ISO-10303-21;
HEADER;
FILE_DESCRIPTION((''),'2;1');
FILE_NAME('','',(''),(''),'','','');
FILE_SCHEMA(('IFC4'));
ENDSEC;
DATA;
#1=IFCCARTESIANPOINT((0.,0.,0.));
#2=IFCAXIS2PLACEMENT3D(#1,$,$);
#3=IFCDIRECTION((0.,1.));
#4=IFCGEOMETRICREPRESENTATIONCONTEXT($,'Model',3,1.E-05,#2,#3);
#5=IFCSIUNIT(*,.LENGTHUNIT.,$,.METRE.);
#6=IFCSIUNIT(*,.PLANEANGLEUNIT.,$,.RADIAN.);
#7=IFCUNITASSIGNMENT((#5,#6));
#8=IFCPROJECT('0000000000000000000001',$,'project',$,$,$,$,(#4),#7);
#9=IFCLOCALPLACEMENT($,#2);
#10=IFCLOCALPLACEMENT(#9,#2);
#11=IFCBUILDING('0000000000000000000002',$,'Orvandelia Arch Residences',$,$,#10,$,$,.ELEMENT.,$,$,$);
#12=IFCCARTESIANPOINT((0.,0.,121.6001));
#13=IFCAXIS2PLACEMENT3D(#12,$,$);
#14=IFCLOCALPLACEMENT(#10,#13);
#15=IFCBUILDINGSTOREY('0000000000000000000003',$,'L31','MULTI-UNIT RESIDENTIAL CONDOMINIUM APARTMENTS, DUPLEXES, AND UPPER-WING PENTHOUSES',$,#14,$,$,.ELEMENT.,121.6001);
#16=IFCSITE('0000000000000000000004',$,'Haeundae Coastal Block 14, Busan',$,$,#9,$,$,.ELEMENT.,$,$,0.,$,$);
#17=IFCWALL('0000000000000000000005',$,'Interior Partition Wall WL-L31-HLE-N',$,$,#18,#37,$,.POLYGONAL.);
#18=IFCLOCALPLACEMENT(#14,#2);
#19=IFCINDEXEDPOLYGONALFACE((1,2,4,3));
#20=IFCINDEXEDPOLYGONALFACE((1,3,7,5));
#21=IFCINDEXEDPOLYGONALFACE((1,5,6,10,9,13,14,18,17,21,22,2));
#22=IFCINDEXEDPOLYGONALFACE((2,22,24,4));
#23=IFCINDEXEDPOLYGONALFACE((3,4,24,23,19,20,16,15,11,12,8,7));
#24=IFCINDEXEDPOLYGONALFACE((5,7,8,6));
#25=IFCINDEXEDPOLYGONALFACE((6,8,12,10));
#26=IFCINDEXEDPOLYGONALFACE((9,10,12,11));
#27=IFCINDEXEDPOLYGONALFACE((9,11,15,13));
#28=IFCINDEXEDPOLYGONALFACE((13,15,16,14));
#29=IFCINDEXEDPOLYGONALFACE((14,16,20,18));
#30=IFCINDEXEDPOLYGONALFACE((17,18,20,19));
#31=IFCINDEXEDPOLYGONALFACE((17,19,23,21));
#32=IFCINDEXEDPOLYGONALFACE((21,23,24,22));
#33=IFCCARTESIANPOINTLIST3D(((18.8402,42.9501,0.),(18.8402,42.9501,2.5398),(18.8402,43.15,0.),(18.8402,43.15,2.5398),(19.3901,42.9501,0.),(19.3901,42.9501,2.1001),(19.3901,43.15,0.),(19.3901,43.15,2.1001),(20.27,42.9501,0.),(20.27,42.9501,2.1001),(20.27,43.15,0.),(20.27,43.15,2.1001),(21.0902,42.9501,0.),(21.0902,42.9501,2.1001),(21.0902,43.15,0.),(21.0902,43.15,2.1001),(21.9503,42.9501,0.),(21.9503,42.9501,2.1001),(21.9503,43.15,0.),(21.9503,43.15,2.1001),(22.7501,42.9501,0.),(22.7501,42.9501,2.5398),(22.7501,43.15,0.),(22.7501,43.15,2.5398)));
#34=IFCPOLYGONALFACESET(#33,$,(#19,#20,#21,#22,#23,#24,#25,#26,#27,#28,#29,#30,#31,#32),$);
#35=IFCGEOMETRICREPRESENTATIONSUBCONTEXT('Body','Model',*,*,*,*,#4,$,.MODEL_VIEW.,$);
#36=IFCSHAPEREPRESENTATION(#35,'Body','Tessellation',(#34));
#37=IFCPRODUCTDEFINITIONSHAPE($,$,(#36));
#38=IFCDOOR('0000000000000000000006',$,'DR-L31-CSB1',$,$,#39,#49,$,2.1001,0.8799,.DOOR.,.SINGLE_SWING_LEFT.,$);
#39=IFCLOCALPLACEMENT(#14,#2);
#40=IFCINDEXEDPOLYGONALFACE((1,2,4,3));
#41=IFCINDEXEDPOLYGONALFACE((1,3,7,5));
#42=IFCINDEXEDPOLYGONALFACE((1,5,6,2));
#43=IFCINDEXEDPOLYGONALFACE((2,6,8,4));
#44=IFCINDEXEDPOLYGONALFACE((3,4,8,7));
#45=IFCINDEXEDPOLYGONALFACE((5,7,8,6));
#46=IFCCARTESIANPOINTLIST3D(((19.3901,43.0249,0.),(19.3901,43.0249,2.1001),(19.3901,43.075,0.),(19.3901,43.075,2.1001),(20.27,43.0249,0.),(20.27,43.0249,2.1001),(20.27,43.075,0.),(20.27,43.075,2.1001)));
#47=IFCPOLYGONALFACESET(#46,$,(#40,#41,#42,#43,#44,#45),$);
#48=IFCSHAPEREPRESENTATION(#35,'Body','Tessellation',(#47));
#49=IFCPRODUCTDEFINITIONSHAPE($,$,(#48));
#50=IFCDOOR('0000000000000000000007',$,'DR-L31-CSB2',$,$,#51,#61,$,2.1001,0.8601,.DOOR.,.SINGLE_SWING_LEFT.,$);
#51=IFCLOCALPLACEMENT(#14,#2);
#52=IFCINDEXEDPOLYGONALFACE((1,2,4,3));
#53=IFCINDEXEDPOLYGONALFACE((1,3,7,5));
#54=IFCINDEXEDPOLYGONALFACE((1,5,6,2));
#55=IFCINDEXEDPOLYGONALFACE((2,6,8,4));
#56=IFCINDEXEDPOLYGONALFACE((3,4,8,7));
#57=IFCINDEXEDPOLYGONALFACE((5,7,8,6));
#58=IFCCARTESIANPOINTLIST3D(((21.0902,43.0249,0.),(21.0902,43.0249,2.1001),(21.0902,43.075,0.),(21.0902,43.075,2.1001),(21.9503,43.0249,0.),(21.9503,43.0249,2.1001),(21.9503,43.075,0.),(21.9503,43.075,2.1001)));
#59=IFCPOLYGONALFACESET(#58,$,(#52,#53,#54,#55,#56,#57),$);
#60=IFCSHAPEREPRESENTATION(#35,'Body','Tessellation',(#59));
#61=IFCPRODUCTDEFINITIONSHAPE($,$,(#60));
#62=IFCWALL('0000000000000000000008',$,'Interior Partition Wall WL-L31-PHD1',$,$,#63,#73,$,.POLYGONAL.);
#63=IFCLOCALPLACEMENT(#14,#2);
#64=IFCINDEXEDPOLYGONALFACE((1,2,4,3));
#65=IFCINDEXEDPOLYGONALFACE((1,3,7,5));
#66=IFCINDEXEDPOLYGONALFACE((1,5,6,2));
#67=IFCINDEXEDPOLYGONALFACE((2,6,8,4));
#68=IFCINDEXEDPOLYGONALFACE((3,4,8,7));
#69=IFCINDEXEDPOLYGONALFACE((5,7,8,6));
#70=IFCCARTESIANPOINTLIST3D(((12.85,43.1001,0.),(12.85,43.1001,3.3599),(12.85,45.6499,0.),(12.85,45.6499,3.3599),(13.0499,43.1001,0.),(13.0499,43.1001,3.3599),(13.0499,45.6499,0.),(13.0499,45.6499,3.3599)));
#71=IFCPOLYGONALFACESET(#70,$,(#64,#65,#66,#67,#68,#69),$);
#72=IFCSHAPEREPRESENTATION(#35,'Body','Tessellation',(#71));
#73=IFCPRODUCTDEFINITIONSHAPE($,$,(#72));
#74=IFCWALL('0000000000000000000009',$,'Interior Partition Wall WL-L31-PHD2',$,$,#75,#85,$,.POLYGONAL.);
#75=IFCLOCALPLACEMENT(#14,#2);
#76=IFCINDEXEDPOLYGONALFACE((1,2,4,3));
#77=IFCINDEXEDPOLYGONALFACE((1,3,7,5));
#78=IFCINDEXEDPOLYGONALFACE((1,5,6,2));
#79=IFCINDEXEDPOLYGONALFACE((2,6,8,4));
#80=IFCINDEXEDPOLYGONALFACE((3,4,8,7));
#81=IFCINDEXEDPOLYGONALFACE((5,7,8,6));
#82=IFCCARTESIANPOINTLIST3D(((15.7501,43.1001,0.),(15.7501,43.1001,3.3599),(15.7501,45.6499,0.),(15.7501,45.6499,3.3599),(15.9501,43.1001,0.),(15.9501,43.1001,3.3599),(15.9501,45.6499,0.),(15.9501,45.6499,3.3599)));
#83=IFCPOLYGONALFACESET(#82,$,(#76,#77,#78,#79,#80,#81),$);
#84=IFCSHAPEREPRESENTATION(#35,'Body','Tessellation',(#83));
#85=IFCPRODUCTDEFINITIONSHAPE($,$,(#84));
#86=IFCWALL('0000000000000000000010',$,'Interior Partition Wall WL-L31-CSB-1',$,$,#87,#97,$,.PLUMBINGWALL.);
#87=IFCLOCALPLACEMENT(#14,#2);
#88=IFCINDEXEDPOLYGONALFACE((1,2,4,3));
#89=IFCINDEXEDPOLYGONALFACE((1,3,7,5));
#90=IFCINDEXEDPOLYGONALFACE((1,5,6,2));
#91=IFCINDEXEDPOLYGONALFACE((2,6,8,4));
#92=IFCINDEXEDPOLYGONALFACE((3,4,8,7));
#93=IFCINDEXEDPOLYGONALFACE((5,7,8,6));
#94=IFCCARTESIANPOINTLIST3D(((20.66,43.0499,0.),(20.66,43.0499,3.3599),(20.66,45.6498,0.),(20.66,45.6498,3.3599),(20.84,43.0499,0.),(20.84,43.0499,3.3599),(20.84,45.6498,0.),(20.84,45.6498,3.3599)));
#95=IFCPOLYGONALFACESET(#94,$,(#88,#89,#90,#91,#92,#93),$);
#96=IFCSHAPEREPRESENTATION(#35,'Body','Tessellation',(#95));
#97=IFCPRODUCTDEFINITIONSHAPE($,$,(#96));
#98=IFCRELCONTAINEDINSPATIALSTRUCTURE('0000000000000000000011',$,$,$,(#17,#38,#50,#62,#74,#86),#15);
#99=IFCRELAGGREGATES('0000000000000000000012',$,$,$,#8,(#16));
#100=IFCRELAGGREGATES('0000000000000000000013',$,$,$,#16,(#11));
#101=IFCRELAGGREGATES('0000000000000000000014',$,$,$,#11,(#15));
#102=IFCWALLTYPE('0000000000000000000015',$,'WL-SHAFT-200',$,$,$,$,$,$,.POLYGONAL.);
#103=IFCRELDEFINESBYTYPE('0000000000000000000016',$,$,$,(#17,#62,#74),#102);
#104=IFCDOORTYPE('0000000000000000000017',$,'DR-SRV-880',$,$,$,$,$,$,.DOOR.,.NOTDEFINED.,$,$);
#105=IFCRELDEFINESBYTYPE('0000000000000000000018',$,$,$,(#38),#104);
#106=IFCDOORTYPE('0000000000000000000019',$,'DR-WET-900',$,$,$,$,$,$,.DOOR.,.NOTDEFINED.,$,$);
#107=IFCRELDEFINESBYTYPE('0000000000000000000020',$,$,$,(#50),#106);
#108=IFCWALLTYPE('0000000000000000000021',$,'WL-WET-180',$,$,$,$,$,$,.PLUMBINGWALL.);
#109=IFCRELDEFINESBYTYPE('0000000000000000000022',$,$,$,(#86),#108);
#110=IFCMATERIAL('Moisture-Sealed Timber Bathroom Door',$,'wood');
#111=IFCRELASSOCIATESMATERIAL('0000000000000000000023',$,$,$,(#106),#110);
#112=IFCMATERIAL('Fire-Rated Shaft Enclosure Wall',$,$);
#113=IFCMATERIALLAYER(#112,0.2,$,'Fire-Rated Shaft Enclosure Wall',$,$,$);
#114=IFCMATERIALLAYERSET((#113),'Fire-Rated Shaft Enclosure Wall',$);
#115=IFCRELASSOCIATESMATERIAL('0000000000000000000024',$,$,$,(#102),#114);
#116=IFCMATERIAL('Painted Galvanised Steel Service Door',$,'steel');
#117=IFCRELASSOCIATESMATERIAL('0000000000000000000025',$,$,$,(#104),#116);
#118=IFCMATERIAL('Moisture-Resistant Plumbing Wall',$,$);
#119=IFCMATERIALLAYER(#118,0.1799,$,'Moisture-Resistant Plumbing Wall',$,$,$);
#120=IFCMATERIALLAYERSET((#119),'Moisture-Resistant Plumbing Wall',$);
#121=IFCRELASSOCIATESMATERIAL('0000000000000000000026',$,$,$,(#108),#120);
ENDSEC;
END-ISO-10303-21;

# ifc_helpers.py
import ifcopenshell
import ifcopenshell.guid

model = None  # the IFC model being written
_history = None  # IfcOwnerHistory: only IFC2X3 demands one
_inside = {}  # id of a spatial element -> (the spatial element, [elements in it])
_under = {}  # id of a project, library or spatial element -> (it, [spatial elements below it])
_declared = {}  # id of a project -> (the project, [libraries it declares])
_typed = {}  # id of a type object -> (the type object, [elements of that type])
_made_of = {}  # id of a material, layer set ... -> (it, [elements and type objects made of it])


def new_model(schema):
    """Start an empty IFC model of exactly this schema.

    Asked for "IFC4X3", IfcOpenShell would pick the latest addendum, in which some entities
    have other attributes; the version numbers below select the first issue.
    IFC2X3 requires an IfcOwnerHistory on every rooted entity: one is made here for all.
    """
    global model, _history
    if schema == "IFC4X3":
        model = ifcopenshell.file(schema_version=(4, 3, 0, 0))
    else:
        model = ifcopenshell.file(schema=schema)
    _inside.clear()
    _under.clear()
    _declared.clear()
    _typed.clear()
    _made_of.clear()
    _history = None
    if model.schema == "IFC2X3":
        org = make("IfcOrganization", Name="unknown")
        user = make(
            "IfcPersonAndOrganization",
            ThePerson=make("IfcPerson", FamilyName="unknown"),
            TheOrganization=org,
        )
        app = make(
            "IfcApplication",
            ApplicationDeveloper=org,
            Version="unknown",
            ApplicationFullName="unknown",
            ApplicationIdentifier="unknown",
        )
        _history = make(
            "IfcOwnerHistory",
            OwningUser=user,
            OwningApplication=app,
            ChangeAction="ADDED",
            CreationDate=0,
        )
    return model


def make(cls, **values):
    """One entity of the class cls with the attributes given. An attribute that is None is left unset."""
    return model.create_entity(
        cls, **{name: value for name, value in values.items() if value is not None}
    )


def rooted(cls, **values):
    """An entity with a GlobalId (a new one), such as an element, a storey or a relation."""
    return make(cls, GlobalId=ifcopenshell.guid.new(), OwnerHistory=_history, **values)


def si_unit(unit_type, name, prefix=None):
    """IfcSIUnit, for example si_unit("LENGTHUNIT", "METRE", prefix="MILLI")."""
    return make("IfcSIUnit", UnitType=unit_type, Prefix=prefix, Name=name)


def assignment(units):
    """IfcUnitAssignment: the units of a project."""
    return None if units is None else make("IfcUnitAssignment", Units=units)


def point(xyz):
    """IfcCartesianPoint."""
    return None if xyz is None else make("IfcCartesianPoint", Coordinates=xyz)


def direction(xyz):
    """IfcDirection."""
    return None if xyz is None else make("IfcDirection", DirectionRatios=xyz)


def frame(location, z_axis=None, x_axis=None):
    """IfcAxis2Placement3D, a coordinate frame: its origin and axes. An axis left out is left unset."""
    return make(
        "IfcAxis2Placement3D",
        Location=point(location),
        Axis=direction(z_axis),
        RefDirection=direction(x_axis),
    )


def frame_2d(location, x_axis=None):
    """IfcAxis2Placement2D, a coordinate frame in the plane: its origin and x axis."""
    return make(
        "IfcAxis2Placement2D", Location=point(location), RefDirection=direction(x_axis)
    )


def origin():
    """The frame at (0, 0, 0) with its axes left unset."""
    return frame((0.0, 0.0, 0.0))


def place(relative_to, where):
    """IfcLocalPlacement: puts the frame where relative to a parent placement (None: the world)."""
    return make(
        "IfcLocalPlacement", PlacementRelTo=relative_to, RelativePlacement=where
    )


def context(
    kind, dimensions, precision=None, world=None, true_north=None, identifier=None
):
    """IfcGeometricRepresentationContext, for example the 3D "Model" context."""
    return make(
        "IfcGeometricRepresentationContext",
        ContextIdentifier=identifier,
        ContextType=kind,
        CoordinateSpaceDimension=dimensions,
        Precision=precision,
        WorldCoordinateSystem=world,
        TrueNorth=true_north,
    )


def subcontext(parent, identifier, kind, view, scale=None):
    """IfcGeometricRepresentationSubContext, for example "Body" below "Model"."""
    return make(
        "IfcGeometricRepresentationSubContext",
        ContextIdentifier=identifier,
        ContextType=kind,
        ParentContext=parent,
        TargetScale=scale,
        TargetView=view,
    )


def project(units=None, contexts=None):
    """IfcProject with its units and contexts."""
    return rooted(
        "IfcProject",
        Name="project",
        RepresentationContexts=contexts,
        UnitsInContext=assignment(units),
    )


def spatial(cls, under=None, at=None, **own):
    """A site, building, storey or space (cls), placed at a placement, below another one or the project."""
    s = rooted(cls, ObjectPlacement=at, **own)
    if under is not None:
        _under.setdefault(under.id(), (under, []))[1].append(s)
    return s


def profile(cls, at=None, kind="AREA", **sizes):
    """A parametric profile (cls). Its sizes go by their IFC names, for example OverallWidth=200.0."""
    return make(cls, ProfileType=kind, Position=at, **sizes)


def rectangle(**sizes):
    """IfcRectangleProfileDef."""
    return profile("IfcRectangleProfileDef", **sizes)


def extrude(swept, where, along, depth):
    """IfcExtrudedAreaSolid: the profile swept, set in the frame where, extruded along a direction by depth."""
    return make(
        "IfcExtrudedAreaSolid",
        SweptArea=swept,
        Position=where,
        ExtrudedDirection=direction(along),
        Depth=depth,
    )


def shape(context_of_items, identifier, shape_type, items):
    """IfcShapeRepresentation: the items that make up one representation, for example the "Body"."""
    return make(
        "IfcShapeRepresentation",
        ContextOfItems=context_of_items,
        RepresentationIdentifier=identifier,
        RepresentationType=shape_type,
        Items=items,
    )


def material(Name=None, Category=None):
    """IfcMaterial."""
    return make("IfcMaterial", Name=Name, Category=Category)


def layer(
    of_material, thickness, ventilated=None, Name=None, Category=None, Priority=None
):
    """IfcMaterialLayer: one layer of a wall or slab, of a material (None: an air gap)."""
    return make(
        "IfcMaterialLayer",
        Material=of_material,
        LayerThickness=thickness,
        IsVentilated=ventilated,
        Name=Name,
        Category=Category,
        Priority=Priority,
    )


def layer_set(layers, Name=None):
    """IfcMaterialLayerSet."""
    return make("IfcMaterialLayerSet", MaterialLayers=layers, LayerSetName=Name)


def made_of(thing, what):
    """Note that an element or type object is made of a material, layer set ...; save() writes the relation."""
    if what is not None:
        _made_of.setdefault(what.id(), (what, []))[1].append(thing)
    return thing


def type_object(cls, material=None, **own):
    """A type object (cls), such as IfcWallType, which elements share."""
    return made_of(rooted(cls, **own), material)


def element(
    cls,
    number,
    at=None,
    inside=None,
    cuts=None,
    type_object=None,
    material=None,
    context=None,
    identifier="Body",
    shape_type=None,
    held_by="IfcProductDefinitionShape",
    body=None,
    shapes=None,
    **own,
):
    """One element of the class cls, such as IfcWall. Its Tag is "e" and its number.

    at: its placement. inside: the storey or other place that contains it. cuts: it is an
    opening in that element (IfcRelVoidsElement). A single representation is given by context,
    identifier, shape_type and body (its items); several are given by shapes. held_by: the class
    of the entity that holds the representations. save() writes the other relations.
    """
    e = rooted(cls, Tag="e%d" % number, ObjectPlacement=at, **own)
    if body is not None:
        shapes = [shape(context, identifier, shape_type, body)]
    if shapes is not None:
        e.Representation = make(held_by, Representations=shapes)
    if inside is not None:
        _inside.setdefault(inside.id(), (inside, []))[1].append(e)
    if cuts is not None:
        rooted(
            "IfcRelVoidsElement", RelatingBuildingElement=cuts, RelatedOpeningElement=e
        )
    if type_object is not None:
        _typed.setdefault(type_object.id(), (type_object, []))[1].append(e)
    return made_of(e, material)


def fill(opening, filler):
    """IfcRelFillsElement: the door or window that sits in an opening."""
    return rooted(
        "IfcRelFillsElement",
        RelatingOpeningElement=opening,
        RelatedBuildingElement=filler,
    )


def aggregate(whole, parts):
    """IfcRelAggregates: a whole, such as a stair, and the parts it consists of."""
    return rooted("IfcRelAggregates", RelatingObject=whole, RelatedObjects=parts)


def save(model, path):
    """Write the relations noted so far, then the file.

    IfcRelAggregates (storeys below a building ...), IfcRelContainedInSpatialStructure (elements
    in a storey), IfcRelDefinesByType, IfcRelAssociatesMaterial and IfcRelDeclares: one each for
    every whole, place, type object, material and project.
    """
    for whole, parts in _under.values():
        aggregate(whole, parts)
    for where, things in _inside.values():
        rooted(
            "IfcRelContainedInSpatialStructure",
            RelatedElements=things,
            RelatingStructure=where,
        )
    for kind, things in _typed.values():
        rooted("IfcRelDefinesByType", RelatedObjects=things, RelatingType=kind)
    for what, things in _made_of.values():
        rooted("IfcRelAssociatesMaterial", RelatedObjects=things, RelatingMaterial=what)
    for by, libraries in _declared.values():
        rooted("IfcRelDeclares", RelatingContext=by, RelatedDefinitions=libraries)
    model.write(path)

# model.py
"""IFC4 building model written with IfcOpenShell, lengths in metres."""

from ifc_helpers import new_model, si_unit, direction, frame, frame_2d, origin, place, context, subcontext, project, spatial, rectangle, extrude, material, layer, layer_set, type_object, element, fill, save


model = new_model("IFC4")

# Units and contexts
model_context = context("Model", 3, precision=1e-05, world=origin(), true_north=direction((0.0, 1.0)))
body_context = subcontext(model_context, "Body", "Model", "MODEL_VIEW")
ifc_project = project(units=[si_unit("LENGTHUNIT", "METRE"), si_unit("PLANEANGLEUNIT", "RADIAN")], contexts=[model_context])

# Site, building, storey
site_placement = place(None, origin())
site = spatial("IfcSite", under=ifc_project, at=site_placement, Name="Haeundae Coastal Block 14, Busan", CompositionType="ELEMENT", RefElevation=0.0)
building_placement = place(site_placement, origin())
building = spatial("IfcBuilding", under=site, at=building_placement, Name="Orvandelia Arch Residences", CompositionType="ELEMENT")
storey_placement = place(building_placement, frame((0.0, 0.0, 121.6001)))
storey = spatial("IfcBuildingStorey", under=building, at=storey_placement, Name="L31", Description="MULTI-UNIT RESIDENTIAL CONDOMINIUM APARTMENTS, DUPLEXES, AND UPPER-WING PENTHOUSES", CompositionType="ELEMENT", Elevation=121.6001)

# Shared definitions
ifc_material_1 = material(Name="Moisture-Sealed Timber Bathroom Door", Category="wood")
door_type_1 = type_object("IfcDoorType", Name="DR-WET-900", OperationType="NOTDEFINED", PredefinedType="DOOR", material=ifc_material_1)

# Shared definitions
ifc_material_2 = material(Name="Fire-Rated Shaft Enclosure Wall")
ifc_layer_1 = layer(ifc_material_2, 0.2, Name="Fire-Rated Shaft Enclosure Wall")
ifc_layer_set_1 = layer_set([ifc_layer_1], Name="Fire-Rated Shaft Enclosure Wall")
wall_type_1 = type_object("IfcWallType", Name="WL-SHAFT-200", PredefinedType="POLYGONAL", material=ifc_layer_set_1)

# Wall, openings, doors
ifc_material_3 = material(Name="Painted Galvanised Steel Service Door", Category="steel")
door_type_2 = type_object("IfcDoorType", Name="DR-SRV-880", OperationType="NOTDEFINED", PredefinedType="DOOR", material=ifc_material_3)
wall_1_placement = place(storey_placement, frame((18.8401, 43.05, 0.0), z_axis=(0.0, 0.0, 1.0), x_axis=(1.0, 0.0, 0.0)))
wall_1 = element("IfcWall", 1, at=wall_1_placement, inside=storey, type_object=wall_type_1, Name="Interior Partition Wall WL-L31-HLE-N", PredefinedType="POLYGONAL", context=body_context, shape_type="SweptSolid", body=[
    extrude(rectangle(XDim=3.9099, YDim=0.2, at=frame_2d((1.9551, 0.0))), origin(), (0.0, 0.0, 1.0), 2.5398),
])
opening_1_placement = place(wall_1_placement, frame((0.55, 0.0, 0.0)))
opening_1 = element("IfcOpeningElement", 2, at=opening_1_placement, cuts=wall_1, PredefinedType="OPENING", context=body_context, shape_type="SweptSolid", body=[
    extrude(rectangle(XDim=0.8799, YDim=2.1001, at=frame_2d((0.4399, 1.05))), frame((0.0, 0.1099, 0.0), z_axis=(0.0, -1.0, 0.0), x_axis=(1.0, 0.0, 0.0)), (0.0, 0.0, 1.0), 0.22),
])
opening_2_placement = place(wall_1_placement, frame((2.25, 0.0, 0.0)))
opening_2 = element("IfcOpeningElement", 3, at=opening_2_placement, cuts=wall_1, PredefinedType="OPENING", context=body_context, shape_type="SweptSolid", body=[
    extrude(rectangle(XDim=0.8601, YDim=2.1001, at=frame_2d((0.4302, 1.05))), frame((0.0, 0.1099, 0.0), z_axis=(0.0, -1.0, 0.0), x_axis=(1.0, 0.0, 0.0)), (0.0, 0.0, 1.0), 0.22),
])
door_1_placement = place(opening_1_placement, origin())
door_1 = element("IfcDoor", 4, at=door_1_placement, inside=storey, type_object=door_type_2, Name="DR-L31-CSB1", OperationType="SINGLE_SWING_LEFT", OverallHeight=2.1001, OverallWidth=0.8799, PredefinedType="DOOR", context=body_context, shape_type="SweptSolid", body=[
    extrude(rectangle(XDim=0.8799, YDim=2.1001, at=frame_2d((0.4399, 1.05))), frame((0.0, 0.0249, 0.0), z_axis=(0.0, -1.0, 0.0), x_axis=(1.0, 0.0, 0.0)), (0.0, 0.0, 1.0), 0.05),
])
fill(opening_1, door_1)
door_2_placement = place(opening_2_placement, origin())
door_2 = element("IfcDoor", 5, at=door_2_placement, inside=storey, type_object=door_type_1, Name="DR-L31-CSB2", OperationType="SINGLE_SWING_LEFT", OverallHeight=2.1001, OverallWidth=0.8601, PredefinedType="DOOR", context=body_context, shape_type="SweptSolid", body=[
    extrude(rectangle(XDim=0.8601, YDim=2.1001, at=frame_2d((0.4302, 1.05))), frame((0.0, 0.0249, 0.0), z_axis=(0.0, -1.0, 0.0), x_axis=(1.0, 0.0, 0.0)), (0.0, 0.0, 1.0), 0.05),
])
fill(opening_2, door_2)

# Walls
for number, where, z_axis, x_axis, name in (
    (6, (12.95, 43.1001, 0.0), (0.0, 0.0, 1.0), (0.0, 1.0, 0.0), "Interior Partition Wall WL-L31-PHD1"),
    (7, (15.8501, 43.1001, 0.0), (0.0, 0.0, 1.0), (0.0, 1.0, 0.0), "Interior Partition Wall WL-L31-PHD2"),
):
    element("IfcWall", number, at=place(storey_placement, frame(where, z_axis=z_axis, x_axis=x_axis)), inside=storey, type_object=wall_type_1, Name=name, PredefinedType="POLYGONAL", context=body_context, shape_type="SweptSolid", body=[
        extrude(rectangle(XDim=2.5498, YDim=0.2, at=frame_2d((1.2749, 0.0))), origin(), (0.0, 0.0, 1.0), 3.3599),
    ])
ifc_material_4 = material(Name="Moisture-Resistant Plumbing Wall")
ifc_layer_2 = layer(ifc_material_4, 0.1799, Name="Moisture-Resistant Plumbing Wall")
ifc_layer_set_2 = layer_set([ifc_layer_2], Name="Moisture-Resistant Plumbing Wall")
wall_type_2 = type_object("IfcWallType", Name="WL-WET-180", PredefinedType="PLUMBINGWALL", material=ifc_layer_set_2)
wall_2_placement = place(storey_placement, frame((20.75, 43.05, 0.0), z_axis=(0.0, 0.0, 1.0), x_axis=(0.0, 1.0, 0.0)))
element("IfcWall", 8, at=wall_2_placement, inside=storey, type_object=wall_type_2, Name="Interior Partition Wall WL-L31-CSB-1", PredefinedType="PLUMBINGWALL", context=body_context, shape_type="SweptSolid", body=[
    extrude(rectangle(XDim=2.5999, YDim=0.1799, at=frame_2d((1.2998, 0.0))), origin(), (0.0, 0.0, 1.0), 3.3599),
])

save(model, "model.ifc")
